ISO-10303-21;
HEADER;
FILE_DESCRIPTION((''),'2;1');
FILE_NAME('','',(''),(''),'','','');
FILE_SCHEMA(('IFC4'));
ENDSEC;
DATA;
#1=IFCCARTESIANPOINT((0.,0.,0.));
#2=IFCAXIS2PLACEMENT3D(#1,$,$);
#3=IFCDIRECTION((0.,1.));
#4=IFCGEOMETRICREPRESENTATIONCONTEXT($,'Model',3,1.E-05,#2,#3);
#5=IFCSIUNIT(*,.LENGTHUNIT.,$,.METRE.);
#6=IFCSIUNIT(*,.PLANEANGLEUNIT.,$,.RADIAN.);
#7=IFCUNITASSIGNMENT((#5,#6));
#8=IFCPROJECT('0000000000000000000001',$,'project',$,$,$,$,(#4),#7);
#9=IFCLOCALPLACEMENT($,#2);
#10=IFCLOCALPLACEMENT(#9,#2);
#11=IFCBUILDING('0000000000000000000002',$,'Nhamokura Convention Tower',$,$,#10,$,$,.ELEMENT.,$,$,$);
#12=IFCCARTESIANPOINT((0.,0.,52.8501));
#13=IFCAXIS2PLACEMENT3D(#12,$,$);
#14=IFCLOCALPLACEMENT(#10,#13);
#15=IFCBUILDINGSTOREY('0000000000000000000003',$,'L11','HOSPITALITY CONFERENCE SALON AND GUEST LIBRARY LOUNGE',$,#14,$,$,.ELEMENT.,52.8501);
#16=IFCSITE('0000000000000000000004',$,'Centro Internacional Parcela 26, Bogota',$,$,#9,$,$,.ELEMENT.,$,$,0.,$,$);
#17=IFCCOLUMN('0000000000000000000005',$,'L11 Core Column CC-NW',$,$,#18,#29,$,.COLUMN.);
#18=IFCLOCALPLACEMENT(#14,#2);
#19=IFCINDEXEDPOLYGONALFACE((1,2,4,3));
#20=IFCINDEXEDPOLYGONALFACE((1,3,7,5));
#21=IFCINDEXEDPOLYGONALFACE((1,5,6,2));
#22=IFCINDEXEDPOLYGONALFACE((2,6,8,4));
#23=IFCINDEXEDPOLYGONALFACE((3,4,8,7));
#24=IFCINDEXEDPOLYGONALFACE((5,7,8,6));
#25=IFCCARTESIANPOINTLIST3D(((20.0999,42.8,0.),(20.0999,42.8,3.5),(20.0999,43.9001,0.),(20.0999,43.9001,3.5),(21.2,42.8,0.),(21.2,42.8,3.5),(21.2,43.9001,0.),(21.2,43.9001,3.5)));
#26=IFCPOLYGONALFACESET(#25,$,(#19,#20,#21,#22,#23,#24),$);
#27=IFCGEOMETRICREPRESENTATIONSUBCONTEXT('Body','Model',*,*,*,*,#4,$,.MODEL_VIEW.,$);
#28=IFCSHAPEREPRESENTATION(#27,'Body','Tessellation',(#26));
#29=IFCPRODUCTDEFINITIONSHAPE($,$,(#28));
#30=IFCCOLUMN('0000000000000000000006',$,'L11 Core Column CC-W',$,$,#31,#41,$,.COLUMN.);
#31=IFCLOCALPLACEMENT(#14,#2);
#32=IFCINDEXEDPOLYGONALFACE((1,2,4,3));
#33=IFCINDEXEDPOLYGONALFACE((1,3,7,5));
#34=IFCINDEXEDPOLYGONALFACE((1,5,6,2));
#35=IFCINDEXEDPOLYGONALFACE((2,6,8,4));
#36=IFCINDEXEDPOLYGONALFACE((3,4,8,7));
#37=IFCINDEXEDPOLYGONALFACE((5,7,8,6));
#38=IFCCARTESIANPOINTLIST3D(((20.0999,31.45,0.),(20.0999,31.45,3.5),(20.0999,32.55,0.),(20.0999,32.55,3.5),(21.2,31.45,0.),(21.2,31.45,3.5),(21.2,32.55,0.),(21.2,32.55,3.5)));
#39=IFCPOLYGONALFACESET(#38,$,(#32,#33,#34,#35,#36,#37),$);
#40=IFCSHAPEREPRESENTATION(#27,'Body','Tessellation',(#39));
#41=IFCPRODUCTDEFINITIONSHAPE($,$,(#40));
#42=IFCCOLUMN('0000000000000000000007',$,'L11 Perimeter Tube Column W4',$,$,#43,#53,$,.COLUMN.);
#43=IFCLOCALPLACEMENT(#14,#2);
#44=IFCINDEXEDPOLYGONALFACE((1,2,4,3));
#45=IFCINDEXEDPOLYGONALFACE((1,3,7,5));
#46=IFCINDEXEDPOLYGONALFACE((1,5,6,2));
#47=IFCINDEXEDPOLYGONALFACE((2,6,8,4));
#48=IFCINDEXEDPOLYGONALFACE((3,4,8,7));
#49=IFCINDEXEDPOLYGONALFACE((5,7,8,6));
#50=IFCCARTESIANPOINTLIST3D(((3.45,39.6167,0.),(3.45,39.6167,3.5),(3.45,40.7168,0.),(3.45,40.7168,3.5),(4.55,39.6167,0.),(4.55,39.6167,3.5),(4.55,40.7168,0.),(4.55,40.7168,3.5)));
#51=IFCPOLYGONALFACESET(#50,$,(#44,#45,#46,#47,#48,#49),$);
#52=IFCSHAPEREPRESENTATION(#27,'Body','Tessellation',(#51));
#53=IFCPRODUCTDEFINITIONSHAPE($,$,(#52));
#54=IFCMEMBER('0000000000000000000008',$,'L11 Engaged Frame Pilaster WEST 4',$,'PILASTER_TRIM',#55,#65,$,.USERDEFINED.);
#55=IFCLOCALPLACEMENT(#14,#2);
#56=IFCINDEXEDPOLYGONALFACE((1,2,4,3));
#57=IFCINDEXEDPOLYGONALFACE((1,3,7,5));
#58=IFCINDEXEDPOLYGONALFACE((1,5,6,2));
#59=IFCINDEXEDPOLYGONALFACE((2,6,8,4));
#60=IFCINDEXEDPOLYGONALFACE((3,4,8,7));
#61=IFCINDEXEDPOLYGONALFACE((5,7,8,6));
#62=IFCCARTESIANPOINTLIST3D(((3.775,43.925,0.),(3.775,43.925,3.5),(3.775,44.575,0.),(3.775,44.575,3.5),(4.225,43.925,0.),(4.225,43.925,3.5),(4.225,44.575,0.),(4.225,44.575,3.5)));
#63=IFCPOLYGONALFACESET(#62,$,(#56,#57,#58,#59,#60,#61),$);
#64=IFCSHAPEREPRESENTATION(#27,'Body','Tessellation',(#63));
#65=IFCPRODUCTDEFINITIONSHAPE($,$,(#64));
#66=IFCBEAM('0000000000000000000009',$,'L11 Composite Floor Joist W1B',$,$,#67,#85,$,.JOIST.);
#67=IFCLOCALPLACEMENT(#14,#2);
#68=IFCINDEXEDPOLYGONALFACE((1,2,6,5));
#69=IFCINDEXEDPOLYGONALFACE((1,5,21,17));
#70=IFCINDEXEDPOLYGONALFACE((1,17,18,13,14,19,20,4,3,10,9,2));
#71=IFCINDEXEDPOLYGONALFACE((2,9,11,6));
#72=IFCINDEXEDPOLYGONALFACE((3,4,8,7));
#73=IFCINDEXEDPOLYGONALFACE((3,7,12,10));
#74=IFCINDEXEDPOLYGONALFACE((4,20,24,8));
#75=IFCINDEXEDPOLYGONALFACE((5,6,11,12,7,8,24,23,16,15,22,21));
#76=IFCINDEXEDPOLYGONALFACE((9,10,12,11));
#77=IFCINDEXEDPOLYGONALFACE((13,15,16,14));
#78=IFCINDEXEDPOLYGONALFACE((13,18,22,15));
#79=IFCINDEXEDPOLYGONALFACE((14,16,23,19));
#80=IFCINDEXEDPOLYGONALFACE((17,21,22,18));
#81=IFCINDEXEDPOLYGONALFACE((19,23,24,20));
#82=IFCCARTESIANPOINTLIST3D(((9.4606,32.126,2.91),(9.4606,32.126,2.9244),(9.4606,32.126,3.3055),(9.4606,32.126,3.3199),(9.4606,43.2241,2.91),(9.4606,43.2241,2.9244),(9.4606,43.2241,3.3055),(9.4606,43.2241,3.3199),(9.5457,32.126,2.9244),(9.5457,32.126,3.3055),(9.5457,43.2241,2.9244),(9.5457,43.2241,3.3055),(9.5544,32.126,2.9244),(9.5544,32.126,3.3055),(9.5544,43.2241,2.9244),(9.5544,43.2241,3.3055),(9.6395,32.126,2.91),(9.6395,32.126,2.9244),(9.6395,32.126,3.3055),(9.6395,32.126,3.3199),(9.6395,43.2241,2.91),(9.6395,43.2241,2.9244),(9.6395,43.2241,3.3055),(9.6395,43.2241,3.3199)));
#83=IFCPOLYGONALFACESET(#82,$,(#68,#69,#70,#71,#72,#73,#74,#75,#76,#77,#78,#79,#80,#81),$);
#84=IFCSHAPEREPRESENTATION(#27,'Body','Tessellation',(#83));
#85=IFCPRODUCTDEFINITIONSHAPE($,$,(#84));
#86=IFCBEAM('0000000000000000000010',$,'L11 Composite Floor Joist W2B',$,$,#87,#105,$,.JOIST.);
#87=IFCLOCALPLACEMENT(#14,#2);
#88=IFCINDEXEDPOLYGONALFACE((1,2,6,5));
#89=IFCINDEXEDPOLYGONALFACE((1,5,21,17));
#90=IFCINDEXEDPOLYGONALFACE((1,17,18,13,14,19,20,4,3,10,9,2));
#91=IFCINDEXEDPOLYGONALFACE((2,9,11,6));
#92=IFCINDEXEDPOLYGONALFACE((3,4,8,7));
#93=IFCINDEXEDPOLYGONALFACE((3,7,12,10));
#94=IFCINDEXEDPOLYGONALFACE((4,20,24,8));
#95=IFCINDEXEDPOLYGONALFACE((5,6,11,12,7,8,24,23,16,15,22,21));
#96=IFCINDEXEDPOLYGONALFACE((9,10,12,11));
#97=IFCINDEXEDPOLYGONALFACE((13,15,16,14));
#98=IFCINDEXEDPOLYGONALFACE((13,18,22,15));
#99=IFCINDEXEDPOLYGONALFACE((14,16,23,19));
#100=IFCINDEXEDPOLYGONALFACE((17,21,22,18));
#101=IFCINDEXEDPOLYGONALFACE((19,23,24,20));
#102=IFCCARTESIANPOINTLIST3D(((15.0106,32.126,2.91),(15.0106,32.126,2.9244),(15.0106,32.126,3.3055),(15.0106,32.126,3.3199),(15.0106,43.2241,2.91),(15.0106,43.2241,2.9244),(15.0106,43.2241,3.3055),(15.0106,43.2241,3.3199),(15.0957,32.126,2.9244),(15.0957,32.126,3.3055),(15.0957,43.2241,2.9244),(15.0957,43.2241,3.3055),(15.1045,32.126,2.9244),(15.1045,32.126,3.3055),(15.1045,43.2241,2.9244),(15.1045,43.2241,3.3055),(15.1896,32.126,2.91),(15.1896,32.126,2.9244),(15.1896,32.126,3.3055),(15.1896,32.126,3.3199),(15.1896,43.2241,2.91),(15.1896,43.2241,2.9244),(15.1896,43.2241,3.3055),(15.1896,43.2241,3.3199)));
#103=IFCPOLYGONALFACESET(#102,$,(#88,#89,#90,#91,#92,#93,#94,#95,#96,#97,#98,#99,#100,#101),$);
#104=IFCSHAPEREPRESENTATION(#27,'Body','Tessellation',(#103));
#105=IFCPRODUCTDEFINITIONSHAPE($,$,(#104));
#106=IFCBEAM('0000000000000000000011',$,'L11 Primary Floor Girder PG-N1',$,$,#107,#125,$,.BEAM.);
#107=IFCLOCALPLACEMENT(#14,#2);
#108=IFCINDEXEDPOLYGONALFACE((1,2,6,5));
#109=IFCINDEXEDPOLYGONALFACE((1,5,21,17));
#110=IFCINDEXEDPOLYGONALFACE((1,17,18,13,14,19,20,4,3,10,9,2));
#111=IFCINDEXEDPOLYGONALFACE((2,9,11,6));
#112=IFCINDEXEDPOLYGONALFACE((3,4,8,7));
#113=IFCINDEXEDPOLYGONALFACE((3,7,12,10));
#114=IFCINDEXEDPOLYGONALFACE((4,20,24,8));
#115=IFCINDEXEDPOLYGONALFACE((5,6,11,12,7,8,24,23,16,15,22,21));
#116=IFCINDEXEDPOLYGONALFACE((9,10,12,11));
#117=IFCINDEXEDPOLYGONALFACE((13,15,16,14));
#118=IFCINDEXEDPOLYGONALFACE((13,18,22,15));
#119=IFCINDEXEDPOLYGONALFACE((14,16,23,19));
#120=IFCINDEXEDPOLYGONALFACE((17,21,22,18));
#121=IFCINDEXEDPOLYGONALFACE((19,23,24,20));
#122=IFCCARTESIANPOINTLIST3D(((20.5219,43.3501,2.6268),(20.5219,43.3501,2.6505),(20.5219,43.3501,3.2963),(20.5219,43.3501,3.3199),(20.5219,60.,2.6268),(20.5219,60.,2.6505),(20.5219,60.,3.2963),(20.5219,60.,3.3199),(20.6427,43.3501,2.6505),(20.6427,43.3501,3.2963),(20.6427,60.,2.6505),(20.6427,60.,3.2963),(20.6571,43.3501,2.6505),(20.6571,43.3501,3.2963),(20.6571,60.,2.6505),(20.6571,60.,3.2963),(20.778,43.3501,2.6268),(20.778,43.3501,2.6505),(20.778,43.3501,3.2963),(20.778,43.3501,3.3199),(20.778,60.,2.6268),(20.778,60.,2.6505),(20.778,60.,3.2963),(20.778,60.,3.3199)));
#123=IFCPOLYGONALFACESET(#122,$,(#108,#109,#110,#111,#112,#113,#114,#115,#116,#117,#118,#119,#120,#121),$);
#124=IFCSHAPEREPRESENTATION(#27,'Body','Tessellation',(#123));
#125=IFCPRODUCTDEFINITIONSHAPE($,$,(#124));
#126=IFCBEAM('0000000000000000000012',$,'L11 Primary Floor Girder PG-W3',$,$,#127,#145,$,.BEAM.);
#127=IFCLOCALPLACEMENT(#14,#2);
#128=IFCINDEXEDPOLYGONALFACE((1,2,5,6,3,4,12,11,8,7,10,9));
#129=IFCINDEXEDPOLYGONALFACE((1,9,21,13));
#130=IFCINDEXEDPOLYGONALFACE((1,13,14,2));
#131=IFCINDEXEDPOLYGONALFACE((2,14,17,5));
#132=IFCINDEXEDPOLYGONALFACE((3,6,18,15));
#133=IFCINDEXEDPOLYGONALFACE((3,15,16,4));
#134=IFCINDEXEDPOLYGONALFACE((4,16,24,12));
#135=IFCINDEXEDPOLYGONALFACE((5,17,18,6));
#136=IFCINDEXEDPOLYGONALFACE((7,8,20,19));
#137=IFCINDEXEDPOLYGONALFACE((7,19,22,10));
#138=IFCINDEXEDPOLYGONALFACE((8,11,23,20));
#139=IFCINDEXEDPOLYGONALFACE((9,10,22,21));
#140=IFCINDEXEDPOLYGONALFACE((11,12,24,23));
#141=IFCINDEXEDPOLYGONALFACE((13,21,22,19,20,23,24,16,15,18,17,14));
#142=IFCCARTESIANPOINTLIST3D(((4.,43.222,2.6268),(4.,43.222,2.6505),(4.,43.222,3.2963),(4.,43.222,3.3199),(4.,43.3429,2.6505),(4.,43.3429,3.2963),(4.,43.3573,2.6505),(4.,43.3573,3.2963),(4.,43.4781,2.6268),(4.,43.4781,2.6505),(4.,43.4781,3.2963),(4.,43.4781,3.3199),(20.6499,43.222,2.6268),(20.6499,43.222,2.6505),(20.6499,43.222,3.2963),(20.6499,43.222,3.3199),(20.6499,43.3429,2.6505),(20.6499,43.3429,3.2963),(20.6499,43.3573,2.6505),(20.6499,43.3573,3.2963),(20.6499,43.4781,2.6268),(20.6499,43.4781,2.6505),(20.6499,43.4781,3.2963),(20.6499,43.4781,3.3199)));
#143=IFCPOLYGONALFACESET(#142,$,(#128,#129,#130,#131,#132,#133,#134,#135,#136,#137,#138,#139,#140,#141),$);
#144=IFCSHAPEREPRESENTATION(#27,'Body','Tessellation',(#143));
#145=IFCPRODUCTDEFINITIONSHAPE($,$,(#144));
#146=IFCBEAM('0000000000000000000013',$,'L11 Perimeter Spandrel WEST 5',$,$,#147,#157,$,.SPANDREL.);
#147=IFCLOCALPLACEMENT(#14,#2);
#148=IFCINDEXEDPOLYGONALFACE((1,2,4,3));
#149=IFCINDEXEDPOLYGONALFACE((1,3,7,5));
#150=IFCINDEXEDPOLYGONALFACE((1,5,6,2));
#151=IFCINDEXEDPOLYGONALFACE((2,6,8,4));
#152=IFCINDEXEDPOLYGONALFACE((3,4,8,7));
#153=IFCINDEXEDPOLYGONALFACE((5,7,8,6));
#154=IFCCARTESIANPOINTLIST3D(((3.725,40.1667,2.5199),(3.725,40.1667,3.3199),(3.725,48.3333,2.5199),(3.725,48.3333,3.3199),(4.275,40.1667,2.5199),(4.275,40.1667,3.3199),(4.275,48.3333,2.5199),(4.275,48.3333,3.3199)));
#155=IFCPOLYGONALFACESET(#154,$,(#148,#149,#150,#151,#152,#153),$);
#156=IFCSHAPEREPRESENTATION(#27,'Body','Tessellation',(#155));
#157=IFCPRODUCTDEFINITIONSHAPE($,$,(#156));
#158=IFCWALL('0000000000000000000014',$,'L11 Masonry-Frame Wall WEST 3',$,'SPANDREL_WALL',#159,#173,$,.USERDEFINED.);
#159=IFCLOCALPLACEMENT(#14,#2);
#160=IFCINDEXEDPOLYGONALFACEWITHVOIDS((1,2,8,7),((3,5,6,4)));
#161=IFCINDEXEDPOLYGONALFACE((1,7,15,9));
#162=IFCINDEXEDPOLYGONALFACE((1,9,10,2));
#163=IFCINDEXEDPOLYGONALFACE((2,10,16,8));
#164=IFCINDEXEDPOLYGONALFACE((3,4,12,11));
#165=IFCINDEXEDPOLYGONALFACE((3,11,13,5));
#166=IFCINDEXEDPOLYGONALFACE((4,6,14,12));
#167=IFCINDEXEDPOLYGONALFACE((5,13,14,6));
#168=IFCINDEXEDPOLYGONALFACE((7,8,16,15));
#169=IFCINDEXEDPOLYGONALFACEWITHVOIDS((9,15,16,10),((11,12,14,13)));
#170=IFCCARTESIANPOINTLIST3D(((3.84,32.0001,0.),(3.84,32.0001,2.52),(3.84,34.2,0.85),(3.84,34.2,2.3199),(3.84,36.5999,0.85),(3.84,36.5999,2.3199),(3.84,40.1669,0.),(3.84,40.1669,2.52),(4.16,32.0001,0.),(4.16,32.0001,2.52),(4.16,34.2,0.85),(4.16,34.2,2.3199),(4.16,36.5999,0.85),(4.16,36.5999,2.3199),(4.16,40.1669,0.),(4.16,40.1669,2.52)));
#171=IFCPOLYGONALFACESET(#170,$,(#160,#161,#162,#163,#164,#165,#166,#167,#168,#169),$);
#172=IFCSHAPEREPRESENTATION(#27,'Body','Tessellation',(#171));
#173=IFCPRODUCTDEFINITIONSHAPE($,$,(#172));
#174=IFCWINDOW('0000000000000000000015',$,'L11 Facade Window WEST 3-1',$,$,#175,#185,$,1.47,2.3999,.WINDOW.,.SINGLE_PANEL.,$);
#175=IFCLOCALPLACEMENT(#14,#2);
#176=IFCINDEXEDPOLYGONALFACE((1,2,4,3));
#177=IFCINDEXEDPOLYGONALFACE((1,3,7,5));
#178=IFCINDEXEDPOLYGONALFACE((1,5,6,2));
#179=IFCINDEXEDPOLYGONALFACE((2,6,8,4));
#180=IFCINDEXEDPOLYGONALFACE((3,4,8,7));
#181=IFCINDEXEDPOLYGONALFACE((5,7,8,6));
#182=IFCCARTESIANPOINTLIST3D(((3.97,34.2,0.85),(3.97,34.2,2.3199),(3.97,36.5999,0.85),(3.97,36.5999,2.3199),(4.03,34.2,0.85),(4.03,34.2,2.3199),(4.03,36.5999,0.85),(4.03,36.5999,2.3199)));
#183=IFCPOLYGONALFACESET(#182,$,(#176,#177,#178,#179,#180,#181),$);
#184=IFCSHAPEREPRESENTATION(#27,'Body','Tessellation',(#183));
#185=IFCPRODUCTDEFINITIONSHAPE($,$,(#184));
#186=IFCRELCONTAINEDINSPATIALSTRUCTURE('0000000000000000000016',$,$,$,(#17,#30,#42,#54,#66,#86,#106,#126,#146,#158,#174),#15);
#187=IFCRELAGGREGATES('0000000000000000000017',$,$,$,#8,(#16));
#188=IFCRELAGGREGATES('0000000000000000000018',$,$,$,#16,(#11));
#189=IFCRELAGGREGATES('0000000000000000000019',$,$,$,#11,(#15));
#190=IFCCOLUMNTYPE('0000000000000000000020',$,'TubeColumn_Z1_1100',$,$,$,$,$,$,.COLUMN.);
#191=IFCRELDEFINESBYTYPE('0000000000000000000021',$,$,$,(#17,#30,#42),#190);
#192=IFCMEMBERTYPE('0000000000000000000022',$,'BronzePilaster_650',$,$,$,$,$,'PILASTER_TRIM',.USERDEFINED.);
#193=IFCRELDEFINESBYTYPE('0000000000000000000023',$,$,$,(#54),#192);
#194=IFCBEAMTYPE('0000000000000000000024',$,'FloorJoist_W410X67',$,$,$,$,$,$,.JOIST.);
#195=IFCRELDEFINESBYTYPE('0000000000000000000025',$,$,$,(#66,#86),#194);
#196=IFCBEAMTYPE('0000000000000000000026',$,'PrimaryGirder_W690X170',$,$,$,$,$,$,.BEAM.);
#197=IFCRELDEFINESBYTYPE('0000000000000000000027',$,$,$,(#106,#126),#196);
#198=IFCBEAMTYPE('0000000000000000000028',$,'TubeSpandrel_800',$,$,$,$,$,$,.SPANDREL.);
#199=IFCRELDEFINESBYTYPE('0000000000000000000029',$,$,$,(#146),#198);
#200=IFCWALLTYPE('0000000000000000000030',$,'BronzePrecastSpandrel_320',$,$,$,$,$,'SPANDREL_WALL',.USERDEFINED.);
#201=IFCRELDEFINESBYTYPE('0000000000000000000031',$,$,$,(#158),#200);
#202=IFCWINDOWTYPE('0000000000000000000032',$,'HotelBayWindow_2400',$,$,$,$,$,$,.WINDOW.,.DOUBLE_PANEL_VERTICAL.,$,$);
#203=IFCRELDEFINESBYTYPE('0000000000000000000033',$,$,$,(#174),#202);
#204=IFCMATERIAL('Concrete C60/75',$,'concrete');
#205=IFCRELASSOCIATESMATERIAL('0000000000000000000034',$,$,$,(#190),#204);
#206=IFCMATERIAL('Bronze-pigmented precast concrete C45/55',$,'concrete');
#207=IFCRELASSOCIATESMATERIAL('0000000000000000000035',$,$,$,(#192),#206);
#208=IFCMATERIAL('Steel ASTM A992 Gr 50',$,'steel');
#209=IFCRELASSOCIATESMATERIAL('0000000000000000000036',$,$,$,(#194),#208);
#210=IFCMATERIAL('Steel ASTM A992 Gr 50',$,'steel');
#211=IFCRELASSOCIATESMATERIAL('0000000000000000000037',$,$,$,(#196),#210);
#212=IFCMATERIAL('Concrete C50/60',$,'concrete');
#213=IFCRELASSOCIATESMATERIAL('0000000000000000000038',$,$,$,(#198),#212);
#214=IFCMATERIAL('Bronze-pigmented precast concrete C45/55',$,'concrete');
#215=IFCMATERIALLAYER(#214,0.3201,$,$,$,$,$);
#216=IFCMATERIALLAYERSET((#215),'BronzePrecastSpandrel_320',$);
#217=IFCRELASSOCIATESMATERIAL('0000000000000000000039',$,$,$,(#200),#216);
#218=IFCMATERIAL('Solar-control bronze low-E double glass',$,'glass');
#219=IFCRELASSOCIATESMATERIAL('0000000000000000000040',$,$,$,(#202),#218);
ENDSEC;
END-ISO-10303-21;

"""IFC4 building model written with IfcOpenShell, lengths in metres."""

from ifc_helpers import new_model, si_unit, direction, frame, frame_2d, origin, origin_2d, place, context, subcontext, project, spatial, rectangle, i_section, extrude, material, layer, layer_set, material_profile, profile_set, type_object, element, fill, save


model = new_model("IFC4")

# Units and contexts
model_context = context("Model", 3, precision=1e-05, world=origin(), true_north=direction((0.0, 1.0)))
body_context = subcontext(model_context, "Body", "Model", "MODEL_VIEW")
ifc_project = project(units=[si_unit("LENGTHUNIT", "METRE"), si_unit("PLANEANGLEUNIT", "RADIAN")], contexts=[model_context])

# Site, building, storey
site_placement = place(None, origin())
site = spatial("IfcSite", under=ifc_project, at=site_placement, Name="Centro Internacional Parcela 26, Bogota", CompositionType="ELEMENT", RefElevation=0.0)
building_placement = place(site_placement, origin())
building = spatial("IfcBuilding", under=site, at=building_placement, Name="Nhamokura Convention Tower", CompositionType="ELEMENT")
storey_placement = place(building_placement, frame((0.0, 0.0, 52.8501)))
storey = spatial("IfcBuildingStorey", under=building, at=storey_placement, Name="L11", Description="HOSPITALITY CONFERENCE SALON AND GUEST LIBRARY LOUNGE", CompositionType="ELEMENT", Elevation=52.8501)

# Columns
ifc_material_1 = material(Name="Concrete C60/75", Category="concrete")
ifc_material_profile_1 = material_profile(ifc_material_1, rectangle(XDim=1.1001, YDim=1.1001, at=origin_2d()))
ifc_profile_set_1 = profile_set([ifc_material_profile_1], Name="Concrete C60/75")
column_type = type_object("IfcColumnType", Name="TubeColumn_Z1_1100", PredefinedType="COLUMN", material=ifc_profile_set_1)
for number, where, z_axis, x_axis, name in (
    (1, (20.6499, 43.3501, 0.0), (0.0, 0.0, 1.0), (1.0, 0.0, 0.0), "L11 Core Column CC-NW"),
    (2, (20.6499, 32.0, 0.0), (0.0, 0.0, 1.0), (1.0, 0.0, 0.0), "L11 Core Column CC-W"),
    (3, (4.0, 40.1667, 0.0), (0.0, 0.0, 1.0), (1.0, 0.0, 0.0), "L11 Perimeter Tube Column W4"),
):
    element("IfcColumn", number, at=place(storey_placement, frame(where, z_axis=z_axis, x_axis=x_axis)), inside=storey, type_object=column_type, Name=name, PredefinedType="COLUMN", context=body_context, shape_type="SweptSolid", body=[
        extrude(rectangle(XDim=1.1001, YDim=1.1001, at=origin_2d()), origin(), (0.0, 0.0, 1.0), 3.5),
    ])

# Member
ifc_material_2 = material(Name="Bronze-pigmented precast concrete C45/55", Category="concrete")
ifc_material_profile_2 = material_profile(ifc_material_2, rectangle(XDim=0.45, YDim=0.6499, at=origin_2d()))
ifc_profile_set_2 = profile_set([ifc_material_profile_2], Name="Bronze-pigmented precast concrete C45/55")
member_type = type_object("IfcMemberType", Name="BronzePilaster_650", ElementType="PILASTER_TRIM", PredefinedType="USERDEFINED", material=ifc_profile_set_2)
member_placement = place(storey_placement, frame((4.0, 44.25, 0.0), z_axis=(0.0, 0.0, 1.0), x_axis=(1.0, 0.0, 0.0)))
element("IfcMember", 4, at=member_placement, inside=storey, type_object=member_type, Name="L11 Engaged Frame Pilaster WEST 4", ObjectType="PILASTER_TRIM", PredefinedType="USERDEFINED", context=body_context, shape_type="SweptSolid", body=[
    extrude(rectangle(XDim=0.45, YDim=0.6499, at=origin_2d()), origin(), (0.0, 0.0, 1.0), 3.5),
])

# Beams
ifc_material_3 = material(Name="Steel ASTM A992 Gr 50", Category="steel")
ifc_material_profile_3 = material_profile(ifc_material_3, i_section(OverallWidth=0.179, OverallDepth=0.4099, WebThickness=0.0088, FlangeThickness=0.0144, at=origin_2d()))
ifc_profile_set_3 = profile_set([ifc_material_profile_3], Name="Steel ASTM A992 Gr 50")
beam_type_1 = type_object("IfcBeamType", Name="FloorJoist_W410X67", PredefinedType="JOIST", material=ifc_profile_set_3)
for number, where, z_axis, x_axis, name in (
    (5, (9.55, 32.126, 3.115), (0.0, 1.0, 0.0), (-1.0, 0.0, 0.0), "L11 Composite Floor Joist W1B"),
    (6, (15.1001, 32.126, 3.115), (0.0, 1.0, 0.0), (-1.0, 0.0, 0.0), "L11 Composite Floor Joist W2B"),
):
    element("IfcBeam", number, at=place(storey_placement, frame(where, z_axis=z_axis, x_axis=x_axis)), inside=storey, type_object=beam_type_1, Name=name, PredefinedType="JOIST", context=body_context, shape_type="SweptSolid", body=[
        extrude(i_section(OverallWidth=0.179, OverallDepth=0.4099, WebThickness=0.0088, FlangeThickness=0.0144, at=origin_2d()), origin(), (0.0, 0.0, 1.0), 11.0981),
    ])
ifc_material_4 = material(Name="Steel ASTM A992 Gr 50", Category="steel")
ifc_material_profile_4 = material_profile(ifc_material_4, i_section(OverallWidth=0.2561, OverallDepth=0.6931, WebThickness=0.0144, FlangeThickness=0.0237, at=origin_2d()))
ifc_profile_set_4 = profile_set([ifc_material_profile_4], Name="Steel ASTM A992 Gr 50")
beam_type_2 = type_object("IfcBeamType", Name="PrimaryGirder_W690X170", PredefinedType="BEAM", material=ifc_profile_set_4)
for number, where, z_axis, x_axis, name in (
    (7, (20.6499, 43.3501, 2.9734), (0.0, 1.0, 0.0), (-1.0, 0.0, 0.0), "L11 Primary Floor Girder PG-N1"),
    (8, (4.0, 43.3501, 2.9734), (1.0, 0.0, 0.0), (0.0, 1.0, 0.0), "L11 Primary Floor Girder PG-W3"),
):
    element("IfcBeam", number, at=place(storey_placement, frame(where, z_axis=z_axis, x_axis=x_axis)), inside=storey, type_object=beam_type_2, Name=name, PredefinedType="BEAM", context=body_context, shape_type="SweptSolid", body=[
        extrude(i_section(OverallWidth=0.2561, OverallDepth=0.6931, WebThickness=0.0144, FlangeThickness=0.0237, at=origin_2d()), origin(), (0.0, 0.0, 1.0), 16.6499),
    ])
ifc_material_5 = material(Name="Concrete C50/60", Category="concrete")
ifc_material_profile_5 = material_profile(ifc_material_5, rectangle(XDim=0.55, YDim=0.8, at=origin_2d()))
ifc_profile_set_5 = profile_set([ifc_material_profile_5], Name="Concrete C50/60")
beam_type_3 = type_object("IfcBeamType", Name="TubeSpandrel_800", PredefinedType="SPANDREL", material=ifc_profile_set_5)
beam_placement = place(storey_placement, frame((4.0, 40.1667, 2.9199), z_axis=(0.0, 1.0, 0.0), x_axis=(-1.0, 0.0, 0.0)))
element("IfcBeam", 9, at=beam_placement, inside=storey, type_object=beam_type_3, Name="L11 Perimeter Spandrel WEST 5", PredefinedType="SPANDREL", context=body_context, shape_type="SweptSolid", body=[
    extrude(rectangle(XDim=0.55, YDim=0.8, at=origin_2d()), origin(), (0.0, 0.0, 1.0), 8.1665),
])

# Wall, opening, window
ifc_material_6 = material(Name="Bronze-pigmented precast concrete C45/55", Category="concrete")
ifc_layer_1 = layer(ifc_material_6, 0.3201)
ifc_layer_set_1 = layer_set([ifc_layer_1], Name="BronzePrecastSpandrel_320")
wall_type_1 = type_object("IfcWallType", Name="BronzePrecastSpandrel_320", ElementType="SPANDREL_WALL", PredefinedType="USERDEFINED", material=ifc_layer_set_1)
wall_1_placement = place(storey_placement, frame((4.0, 32.0, 0.0), z_axis=(0.0, 0.0, 1.0), x_axis=(0.0, 1.0, 0.0)))
wall_1 = element("IfcWall", 10, at=wall_1_placement, inside=storey, type_object=wall_type_1, Name="L11 Masonry-Frame Wall WEST 3", ObjectType="SPANDREL_WALL", PredefinedType="USERDEFINED", context=body_context, shape_type="SweptSolid", body=[
    extrude(rectangle(XDim=8.1667, YDim=0.3201, at=frame_2d((4.0835, 0.0))), origin(), (0.0, 0.0, 1.0), 2.52),
])
opening_1_placement = place(wall_1_placement, frame((2.2, 0.0, 0.8501)))
opening_1 = element("IfcOpeningElement", 11, at=opening_1_placement, cuts=wall_1, PredefinedType="OPENING", context=body_context, shape_type="SweptSolid", body=[
    extrude(rectangle(XDim=2.3999, YDim=1.47, at=frame_2d((1.2, 0.7349))), frame((0.0, 0.1699, 0.0), z_axis=(0.0, -1.0, 0.0), x_axis=(1.0, 0.0, 0.0)), (0.0, 0.0, 1.0), 0.3401),
])
ifc_material_7 = material(Name="Solar-control bronze low-E double glass", Category="glass")
window_type_1 = type_object("IfcWindowType", Name="HotelBayWindow_2400", PartitioningType="DOUBLE_PANEL_VERTICAL", PredefinedType="WINDOW", material=ifc_material_7)
window_1_placement = place(opening_1_placement, origin())
window_1 = element("IfcWindow", 12, at=window_1_placement, inside=storey, type_object=window_type_1, Name="L11 Facade Window WEST 3-1", OverallHeight=1.47, OverallWidth=2.3999, PartitioningType="SINGLE_PANEL", PredefinedType="WINDOW", context=body_context, shape_type="SweptSolid", body=[
    extrude(rectangle(XDim=2.3999, YDim=1.47, at=frame_2d((1.2, 0.7349))), frame((0.0, 0.03, 0.0), z_axis=(0.0, -1.0, 0.0), x_axis=(1.0, 0.0, 0.0)), (0.0, 0.0, 1.0), 0.0601),
])
fill(opening_1, window_1)

save(model, "model.ifc")
